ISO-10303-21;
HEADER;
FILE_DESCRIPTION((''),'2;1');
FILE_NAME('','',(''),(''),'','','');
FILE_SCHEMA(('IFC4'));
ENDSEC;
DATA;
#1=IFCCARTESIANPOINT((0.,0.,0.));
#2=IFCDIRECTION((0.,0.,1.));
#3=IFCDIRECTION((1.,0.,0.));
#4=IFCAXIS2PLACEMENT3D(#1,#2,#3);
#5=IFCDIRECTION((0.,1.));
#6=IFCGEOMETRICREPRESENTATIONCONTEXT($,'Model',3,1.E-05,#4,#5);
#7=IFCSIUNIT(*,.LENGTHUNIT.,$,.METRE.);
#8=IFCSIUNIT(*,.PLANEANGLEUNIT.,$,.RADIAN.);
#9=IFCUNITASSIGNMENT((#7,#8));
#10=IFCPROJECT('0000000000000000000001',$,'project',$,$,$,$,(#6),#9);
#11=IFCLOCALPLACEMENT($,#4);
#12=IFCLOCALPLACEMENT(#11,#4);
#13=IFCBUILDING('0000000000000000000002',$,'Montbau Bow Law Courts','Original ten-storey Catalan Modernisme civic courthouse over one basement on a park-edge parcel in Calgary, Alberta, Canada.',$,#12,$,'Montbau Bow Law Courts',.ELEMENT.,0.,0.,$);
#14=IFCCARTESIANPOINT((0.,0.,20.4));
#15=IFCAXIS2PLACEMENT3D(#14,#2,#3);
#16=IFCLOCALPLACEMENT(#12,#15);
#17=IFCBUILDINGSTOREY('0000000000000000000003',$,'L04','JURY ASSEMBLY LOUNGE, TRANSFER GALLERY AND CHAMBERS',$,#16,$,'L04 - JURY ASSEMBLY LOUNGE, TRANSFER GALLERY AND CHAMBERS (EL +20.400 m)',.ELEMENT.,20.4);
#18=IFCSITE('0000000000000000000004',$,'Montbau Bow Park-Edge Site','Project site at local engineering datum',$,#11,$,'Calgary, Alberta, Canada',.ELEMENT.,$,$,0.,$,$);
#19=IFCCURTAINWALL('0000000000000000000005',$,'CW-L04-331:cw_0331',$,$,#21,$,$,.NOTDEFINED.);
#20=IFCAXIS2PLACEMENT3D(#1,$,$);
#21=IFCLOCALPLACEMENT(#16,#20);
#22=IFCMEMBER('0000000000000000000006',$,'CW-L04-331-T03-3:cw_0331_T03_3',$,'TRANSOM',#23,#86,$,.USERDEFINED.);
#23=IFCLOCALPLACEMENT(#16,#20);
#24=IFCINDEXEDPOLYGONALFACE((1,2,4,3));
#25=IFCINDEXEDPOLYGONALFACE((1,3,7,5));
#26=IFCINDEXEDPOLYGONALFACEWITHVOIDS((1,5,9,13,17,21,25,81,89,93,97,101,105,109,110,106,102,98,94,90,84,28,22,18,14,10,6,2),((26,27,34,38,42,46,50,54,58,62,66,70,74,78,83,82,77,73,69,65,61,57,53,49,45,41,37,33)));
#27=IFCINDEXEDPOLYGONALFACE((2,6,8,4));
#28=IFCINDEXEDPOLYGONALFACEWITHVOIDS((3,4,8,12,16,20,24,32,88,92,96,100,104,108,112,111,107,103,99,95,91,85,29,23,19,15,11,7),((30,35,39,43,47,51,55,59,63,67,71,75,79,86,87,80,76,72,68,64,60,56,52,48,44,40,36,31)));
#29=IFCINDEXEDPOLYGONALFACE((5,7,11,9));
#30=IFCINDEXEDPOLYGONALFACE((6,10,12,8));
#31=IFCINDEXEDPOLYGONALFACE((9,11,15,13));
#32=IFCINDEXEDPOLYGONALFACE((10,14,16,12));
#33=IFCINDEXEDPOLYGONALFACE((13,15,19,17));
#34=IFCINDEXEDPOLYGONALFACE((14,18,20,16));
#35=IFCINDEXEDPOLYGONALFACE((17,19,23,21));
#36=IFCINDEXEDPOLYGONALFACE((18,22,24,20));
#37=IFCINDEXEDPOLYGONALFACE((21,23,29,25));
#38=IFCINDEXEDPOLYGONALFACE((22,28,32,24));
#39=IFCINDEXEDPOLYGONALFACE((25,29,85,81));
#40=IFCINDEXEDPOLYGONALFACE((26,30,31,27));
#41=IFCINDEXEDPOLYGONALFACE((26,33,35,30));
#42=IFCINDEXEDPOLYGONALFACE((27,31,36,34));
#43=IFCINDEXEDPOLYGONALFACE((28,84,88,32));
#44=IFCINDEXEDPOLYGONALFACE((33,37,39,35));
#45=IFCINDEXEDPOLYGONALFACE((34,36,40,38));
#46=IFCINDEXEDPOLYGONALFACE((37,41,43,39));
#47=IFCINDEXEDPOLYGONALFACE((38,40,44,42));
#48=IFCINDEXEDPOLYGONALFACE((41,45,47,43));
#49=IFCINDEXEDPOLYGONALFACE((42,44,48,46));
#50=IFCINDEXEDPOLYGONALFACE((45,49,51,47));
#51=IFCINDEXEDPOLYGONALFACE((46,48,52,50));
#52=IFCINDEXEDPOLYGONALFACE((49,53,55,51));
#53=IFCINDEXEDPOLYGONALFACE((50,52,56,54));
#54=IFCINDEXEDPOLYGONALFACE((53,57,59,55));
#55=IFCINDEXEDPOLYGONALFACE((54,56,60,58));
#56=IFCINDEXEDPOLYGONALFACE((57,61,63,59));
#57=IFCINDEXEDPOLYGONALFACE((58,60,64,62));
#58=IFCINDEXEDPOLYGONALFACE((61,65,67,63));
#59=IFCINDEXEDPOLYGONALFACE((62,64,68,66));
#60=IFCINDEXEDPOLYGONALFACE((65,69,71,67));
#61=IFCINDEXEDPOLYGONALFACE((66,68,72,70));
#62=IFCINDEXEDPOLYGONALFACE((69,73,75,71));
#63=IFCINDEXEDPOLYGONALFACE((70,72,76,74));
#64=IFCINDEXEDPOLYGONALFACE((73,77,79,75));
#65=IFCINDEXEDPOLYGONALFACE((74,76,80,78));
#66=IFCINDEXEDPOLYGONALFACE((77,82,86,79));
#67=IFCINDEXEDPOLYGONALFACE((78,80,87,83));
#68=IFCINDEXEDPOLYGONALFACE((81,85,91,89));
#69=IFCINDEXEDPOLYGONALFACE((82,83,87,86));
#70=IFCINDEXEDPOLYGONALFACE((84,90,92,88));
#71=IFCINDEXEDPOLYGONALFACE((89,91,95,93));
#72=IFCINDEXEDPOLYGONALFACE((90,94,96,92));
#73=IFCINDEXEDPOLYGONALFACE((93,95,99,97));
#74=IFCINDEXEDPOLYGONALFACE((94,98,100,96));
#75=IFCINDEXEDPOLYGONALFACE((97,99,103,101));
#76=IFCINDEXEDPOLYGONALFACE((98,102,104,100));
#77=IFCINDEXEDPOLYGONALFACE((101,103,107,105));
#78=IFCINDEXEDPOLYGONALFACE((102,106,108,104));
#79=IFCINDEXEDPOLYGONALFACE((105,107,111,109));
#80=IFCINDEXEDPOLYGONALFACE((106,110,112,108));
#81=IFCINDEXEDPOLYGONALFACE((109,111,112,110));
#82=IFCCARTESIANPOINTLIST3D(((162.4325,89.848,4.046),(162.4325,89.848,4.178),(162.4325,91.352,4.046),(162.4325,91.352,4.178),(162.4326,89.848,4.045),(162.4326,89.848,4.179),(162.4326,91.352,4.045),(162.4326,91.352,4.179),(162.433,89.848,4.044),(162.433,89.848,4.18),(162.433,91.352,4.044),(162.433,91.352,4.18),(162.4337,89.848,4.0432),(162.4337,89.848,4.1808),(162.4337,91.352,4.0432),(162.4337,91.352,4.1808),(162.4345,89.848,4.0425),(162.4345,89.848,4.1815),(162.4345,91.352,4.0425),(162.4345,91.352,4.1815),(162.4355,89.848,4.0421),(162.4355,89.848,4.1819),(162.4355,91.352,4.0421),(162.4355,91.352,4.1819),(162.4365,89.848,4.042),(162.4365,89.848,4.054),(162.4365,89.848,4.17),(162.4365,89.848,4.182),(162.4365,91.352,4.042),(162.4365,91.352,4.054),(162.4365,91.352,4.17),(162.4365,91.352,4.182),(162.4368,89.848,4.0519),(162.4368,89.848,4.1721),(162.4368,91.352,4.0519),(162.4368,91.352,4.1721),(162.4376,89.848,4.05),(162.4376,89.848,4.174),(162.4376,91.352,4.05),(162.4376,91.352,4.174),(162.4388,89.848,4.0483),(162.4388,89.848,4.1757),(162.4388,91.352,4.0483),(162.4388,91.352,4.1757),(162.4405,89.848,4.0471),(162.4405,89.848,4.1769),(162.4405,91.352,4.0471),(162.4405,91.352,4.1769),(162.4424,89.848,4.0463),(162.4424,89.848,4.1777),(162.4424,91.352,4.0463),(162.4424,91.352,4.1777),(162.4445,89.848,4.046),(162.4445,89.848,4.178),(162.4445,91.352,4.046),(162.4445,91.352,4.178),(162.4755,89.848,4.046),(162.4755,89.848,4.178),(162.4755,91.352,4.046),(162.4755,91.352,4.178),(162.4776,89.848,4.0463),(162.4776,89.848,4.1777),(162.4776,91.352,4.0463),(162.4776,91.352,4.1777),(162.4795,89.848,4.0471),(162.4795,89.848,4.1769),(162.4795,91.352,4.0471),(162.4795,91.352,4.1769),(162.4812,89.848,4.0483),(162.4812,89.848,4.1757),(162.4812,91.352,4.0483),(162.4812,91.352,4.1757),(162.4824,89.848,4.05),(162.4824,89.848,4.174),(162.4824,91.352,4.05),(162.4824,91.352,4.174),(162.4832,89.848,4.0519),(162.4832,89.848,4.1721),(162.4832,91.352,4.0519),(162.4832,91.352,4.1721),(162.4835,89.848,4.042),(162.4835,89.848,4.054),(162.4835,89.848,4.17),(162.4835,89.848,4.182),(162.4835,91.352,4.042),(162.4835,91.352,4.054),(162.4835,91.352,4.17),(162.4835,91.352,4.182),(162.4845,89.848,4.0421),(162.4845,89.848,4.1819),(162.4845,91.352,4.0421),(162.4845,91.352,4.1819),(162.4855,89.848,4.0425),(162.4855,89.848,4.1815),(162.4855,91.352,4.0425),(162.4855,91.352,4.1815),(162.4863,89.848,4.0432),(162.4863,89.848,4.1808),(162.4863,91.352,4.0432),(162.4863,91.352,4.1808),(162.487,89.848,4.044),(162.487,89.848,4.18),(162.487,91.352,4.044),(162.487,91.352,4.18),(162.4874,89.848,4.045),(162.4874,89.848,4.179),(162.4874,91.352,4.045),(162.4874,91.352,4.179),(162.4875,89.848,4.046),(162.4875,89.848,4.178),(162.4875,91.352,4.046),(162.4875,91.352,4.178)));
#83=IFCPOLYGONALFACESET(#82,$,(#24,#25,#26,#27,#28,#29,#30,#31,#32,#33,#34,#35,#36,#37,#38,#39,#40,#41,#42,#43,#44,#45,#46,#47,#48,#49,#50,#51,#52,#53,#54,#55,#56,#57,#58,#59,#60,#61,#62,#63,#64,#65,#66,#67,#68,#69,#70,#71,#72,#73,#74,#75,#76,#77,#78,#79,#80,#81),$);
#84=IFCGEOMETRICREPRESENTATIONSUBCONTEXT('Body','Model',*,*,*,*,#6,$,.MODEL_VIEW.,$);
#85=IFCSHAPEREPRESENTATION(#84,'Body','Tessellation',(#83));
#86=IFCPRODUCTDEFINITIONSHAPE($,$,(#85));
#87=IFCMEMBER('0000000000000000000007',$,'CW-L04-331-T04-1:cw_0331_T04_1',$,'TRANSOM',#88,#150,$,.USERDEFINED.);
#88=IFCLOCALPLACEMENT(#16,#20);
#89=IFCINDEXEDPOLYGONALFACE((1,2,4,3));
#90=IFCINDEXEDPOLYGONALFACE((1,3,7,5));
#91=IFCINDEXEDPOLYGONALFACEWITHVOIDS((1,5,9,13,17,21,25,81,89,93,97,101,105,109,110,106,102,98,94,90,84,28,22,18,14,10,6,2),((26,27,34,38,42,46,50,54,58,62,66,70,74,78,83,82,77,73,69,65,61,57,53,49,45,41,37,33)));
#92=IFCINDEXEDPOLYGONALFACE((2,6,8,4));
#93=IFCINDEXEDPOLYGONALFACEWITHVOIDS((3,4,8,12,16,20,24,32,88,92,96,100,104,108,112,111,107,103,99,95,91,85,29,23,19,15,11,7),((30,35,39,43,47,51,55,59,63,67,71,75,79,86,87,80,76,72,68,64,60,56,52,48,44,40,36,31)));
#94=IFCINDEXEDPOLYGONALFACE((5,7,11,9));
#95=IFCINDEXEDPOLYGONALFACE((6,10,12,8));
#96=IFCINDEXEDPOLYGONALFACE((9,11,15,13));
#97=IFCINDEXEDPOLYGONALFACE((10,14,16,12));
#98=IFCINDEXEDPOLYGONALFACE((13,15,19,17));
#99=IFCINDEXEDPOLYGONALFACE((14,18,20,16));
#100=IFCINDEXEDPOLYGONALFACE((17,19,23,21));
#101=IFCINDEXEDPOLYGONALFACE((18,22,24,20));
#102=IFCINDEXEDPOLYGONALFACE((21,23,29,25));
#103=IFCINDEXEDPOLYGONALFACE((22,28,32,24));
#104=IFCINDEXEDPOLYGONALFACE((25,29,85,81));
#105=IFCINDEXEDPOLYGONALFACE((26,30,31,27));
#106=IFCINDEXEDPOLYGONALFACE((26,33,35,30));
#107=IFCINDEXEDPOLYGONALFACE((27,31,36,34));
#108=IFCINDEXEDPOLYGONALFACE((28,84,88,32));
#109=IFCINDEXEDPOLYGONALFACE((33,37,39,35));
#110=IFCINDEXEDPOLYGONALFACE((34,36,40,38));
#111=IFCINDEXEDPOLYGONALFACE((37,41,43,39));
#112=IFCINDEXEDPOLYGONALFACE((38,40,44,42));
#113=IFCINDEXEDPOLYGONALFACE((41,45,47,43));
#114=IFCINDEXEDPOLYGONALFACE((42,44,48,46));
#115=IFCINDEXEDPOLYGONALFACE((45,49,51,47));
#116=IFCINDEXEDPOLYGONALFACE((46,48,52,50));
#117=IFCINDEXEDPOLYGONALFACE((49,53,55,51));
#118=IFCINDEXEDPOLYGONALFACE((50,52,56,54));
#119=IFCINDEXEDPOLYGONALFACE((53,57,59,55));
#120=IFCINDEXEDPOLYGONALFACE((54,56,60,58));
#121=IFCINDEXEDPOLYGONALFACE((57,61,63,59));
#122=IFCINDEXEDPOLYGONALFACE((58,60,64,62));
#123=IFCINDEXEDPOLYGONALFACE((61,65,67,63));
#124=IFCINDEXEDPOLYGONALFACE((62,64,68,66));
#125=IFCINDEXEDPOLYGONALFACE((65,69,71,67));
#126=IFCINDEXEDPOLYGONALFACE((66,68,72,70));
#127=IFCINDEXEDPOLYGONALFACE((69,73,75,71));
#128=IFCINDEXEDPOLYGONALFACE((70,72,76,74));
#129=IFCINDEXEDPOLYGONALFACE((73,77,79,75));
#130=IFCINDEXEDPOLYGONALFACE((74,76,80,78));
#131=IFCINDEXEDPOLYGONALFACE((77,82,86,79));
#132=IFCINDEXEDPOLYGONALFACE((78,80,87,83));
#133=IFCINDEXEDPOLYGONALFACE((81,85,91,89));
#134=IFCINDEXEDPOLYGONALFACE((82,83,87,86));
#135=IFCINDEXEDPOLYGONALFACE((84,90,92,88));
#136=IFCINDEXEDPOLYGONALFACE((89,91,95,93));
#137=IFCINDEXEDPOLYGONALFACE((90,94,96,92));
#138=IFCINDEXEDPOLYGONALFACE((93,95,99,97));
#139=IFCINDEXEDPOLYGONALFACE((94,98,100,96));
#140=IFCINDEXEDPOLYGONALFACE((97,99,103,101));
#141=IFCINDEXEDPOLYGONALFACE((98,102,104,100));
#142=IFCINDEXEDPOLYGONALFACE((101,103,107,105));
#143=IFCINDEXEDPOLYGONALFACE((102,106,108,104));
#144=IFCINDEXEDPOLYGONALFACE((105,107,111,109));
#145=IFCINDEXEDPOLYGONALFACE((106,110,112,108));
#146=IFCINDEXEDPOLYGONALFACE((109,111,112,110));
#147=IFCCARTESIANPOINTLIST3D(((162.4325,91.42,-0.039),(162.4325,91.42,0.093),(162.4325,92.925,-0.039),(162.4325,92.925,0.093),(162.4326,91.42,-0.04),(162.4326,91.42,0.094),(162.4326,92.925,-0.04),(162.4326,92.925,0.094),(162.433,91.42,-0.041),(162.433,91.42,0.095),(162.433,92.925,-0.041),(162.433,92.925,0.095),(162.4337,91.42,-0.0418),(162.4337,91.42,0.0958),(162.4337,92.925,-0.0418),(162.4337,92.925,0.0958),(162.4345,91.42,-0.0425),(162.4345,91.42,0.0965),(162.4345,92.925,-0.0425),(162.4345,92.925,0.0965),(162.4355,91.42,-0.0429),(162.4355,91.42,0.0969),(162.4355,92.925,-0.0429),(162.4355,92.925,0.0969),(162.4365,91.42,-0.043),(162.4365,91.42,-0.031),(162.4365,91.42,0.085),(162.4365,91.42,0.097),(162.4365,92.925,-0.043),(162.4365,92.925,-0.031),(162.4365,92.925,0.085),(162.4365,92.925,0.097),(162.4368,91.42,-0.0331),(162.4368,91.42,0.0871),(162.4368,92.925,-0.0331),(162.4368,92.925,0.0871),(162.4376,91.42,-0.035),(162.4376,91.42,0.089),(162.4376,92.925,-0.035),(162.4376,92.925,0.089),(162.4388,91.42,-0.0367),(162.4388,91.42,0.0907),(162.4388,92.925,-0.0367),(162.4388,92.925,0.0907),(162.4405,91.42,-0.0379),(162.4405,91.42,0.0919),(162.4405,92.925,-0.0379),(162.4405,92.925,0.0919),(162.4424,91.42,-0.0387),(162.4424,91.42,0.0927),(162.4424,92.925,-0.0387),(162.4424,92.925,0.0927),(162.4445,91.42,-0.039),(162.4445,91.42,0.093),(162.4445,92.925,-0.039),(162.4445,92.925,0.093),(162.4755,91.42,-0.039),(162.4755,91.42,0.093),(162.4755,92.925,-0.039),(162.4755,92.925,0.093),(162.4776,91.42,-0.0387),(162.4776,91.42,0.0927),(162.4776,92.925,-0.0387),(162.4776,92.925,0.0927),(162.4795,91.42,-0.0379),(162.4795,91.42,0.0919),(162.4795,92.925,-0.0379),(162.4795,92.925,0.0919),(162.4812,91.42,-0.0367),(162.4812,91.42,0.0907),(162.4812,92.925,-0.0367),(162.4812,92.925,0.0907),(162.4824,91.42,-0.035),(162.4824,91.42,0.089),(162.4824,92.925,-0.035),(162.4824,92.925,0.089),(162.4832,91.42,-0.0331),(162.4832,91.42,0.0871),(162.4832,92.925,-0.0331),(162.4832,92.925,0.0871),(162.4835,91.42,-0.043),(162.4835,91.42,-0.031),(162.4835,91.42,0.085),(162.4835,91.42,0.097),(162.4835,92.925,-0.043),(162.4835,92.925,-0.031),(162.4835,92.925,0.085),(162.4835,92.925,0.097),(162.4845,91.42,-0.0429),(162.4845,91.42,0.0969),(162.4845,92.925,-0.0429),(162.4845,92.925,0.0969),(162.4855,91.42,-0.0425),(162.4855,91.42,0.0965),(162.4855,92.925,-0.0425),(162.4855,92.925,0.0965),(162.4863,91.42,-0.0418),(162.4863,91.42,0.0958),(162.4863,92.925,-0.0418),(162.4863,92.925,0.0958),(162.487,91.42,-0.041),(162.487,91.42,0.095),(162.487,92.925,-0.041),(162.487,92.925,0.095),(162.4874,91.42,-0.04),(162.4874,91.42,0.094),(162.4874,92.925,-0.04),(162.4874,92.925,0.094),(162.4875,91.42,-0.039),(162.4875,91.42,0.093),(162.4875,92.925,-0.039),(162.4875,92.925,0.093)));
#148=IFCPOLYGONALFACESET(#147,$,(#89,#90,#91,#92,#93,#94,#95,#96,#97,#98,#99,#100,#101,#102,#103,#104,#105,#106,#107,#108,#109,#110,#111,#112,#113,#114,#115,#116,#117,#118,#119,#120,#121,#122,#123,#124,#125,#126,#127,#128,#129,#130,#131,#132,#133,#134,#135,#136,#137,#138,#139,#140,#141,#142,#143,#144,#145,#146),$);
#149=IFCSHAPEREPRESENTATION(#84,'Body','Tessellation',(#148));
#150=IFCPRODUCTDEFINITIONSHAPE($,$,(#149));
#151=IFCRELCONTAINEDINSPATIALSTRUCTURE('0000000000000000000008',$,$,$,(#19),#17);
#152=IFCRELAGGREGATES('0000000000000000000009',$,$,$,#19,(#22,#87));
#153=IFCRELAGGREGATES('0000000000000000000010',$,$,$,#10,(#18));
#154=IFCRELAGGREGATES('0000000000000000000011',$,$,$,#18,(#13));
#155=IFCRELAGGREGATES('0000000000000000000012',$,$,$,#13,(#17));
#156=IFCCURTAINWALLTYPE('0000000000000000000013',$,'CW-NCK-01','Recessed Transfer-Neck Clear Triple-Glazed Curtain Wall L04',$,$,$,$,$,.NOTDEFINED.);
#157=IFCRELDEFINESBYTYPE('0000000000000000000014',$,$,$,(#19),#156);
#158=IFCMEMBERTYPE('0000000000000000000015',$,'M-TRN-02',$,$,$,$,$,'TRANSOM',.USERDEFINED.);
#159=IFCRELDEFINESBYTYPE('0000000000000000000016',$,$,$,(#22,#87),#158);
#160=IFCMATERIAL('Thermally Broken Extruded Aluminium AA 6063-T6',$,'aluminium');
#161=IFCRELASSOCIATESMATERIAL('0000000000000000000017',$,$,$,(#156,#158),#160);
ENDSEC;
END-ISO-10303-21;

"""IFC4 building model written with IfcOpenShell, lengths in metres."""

from ifc_helpers import new_model, si_unit, direction, frame, origin_with_axes, origin_2d_with_axis, place, context, subcontext, project, spatial, hollow_rectangle, extrude, material, material_profile, profile_set, type_object, element, aggregate, save


model = new_model("IFC4")

# Units and contexts
model_context = context("Model", 3, precision=1e-05, world=origin_with_axes(), true_north=direction((0.0, 1.0)))
body_context = subcontext(model_context, "Body", "Model", "MODEL_VIEW")
ifc_project = project(units=[si_unit("LENGTHUNIT", "METRE"), si_unit("PLANEANGLEUNIT", "RADIAN")], contexts=[model_context])

# Site, building, storey
site_placement = place(None, origin_with_axes())
site = spatial("IfcSite", under=ifc_project, at=site_placement, Name="Montbau Bow Park-Edge Site", Description="Project site at local engineering datum", LongName="Calgary, Alberta, Canada", CompositionType="ELEMENT", RefElevation=0.0)
building_placement = place(site_placement, origin_with_axes())
building = spatial("IfcBuilding", under=site, at=building_placement, Name="Montbau Bow Law Courts", Description="Original ten-storey Catalan Modernisme civic courthouse over one basement on a park-edge parcel in Calgary, Alberta, Canada.", LongName="Montbau Bow Law Courts", CompositionType="ELEMENT", ElevationOfRefHeight=0.0, ElevationOfTerrain=0.0)
storey_placement = place(building_placement, frame((0.0, 0.0, 20.4), z_axis=(0.0, 0.0, 1.0), x_axis=(1.0, 0.0, 0.0)))
storey = spatial("IfcBuildingStorey", under=building, at=storey_placement, Name="L04", Description="JURY ASSEMBLY LOUNGE, TRANSFER GALLERY AND CHAMBERS", LongName="L04 - JURY ASSEMBLY LOUNGE, TRANSFER GALLERY AND CHAMBERS (EL +20.400 m)", CompositionType="ELEMENT", Elevation=20.4)

# Shared definitions
ifc_material_1 = material(Name="Thermally Broken Extruded Aluminium AA 6063-T6", Category="aluminium")
curtain_wall_type = type_object("IfcCurtainWallType", Name="CW-NCK-01", Description="Recessed Transfer-Neck Clear Triple-Glazed Curtain Wall L04", PredefinedType="NOTDEFINED", material=ifc_material_1)

# Curtain wall, members
curtain_wall_1_placement = place(None, frame((162.46, 86.668, 20.4), z_axis=(0.0, 0.0, 1.0), x_axis=(1.0, 0.0, 0.0)))
curtain_wall_1 = element("IfcCurtainWall", 1, at=curtain_wall_1_placement, inside=storey, type_object=curtain_wall_type, Name="CW-L04-331:cw_0331", PredefinedType="NOTDEFINED")
ifc_material_profile_1 = material_profile(ifc_material_1, hollow_rectangle(XDim=0.055, YDim=0.14, WallThickness=0.004, InnerFilletRadius=0.008, OuterFilletRadius=0.004, at=origin_2d_with_axis()), Name="CWT-140X55", Category="Main", Priority=0)
ifc_profile_set_1 = profile_set([ifc_material_profile_1], Name="Thermally Broken Extruded Aluminium AA 6063-T6")
member_type_1 = type_object("IfcMemberType", Name="M-TRN-02", ElementType="TRANSOM", PredefinedType="USERDEFINED", material=ifc_profile_set_1)
member_1_placement = place(None, frame((162.46, 89.848, 24.512), z_axis=(0.0, 1.0, 0.0), x_axis=(-1.0, 0.0, 0.0)))
member_1 = element("IfcMember", 2, at=member_1_placement, type_object=member_type_1, Name="CW-L04-331-T03-3:cw_0331_T03_3", ObjectType="TRANSOM", PredefinedType="USERDEFINED", context=body_context, shape_type="SweptSolid", body=[
    extrude(hollow_rectangle(XDim=0.055, YDim=0.14, WallThickness=0.004, InnerFilletRadius=0.008, OuterFilletRadius=0.004, at=origin_2d_with_axis()), origin_with_axes(), (0.0, 0.0, 1.0), 1.504),
])
member_2_placement = place(None, frame((162.46, 91.42, 20.427), z_axis=(0.0, 1.0, 0.0), x_axis=(-1.0, 0.0, 0.0)))
member_2 = element("IfcMember", 3, at=member_2_placement, type_object=member_type_1, Name="CW-L04-331-T04-1:cw_0331_T04_1", ObjectType="TRANSOM", PredefinedType="USERDEFINED", context=body_context, shape_type="SweptSolid", body=[
    extrude(hollow_rectangle(XDim=0.055, YDim=0.14, WallThickness=0.004, InnerFilletRadius=0.008, OuterFilletRadius=0.004, at=origin_2d_with_axis()), origin_with_axes(), (0.0, 0.0, 1.0), 1.505),
])
aggregate(curtain_wall_1, [member_1, member_2])

save(model, "model.ifc")
